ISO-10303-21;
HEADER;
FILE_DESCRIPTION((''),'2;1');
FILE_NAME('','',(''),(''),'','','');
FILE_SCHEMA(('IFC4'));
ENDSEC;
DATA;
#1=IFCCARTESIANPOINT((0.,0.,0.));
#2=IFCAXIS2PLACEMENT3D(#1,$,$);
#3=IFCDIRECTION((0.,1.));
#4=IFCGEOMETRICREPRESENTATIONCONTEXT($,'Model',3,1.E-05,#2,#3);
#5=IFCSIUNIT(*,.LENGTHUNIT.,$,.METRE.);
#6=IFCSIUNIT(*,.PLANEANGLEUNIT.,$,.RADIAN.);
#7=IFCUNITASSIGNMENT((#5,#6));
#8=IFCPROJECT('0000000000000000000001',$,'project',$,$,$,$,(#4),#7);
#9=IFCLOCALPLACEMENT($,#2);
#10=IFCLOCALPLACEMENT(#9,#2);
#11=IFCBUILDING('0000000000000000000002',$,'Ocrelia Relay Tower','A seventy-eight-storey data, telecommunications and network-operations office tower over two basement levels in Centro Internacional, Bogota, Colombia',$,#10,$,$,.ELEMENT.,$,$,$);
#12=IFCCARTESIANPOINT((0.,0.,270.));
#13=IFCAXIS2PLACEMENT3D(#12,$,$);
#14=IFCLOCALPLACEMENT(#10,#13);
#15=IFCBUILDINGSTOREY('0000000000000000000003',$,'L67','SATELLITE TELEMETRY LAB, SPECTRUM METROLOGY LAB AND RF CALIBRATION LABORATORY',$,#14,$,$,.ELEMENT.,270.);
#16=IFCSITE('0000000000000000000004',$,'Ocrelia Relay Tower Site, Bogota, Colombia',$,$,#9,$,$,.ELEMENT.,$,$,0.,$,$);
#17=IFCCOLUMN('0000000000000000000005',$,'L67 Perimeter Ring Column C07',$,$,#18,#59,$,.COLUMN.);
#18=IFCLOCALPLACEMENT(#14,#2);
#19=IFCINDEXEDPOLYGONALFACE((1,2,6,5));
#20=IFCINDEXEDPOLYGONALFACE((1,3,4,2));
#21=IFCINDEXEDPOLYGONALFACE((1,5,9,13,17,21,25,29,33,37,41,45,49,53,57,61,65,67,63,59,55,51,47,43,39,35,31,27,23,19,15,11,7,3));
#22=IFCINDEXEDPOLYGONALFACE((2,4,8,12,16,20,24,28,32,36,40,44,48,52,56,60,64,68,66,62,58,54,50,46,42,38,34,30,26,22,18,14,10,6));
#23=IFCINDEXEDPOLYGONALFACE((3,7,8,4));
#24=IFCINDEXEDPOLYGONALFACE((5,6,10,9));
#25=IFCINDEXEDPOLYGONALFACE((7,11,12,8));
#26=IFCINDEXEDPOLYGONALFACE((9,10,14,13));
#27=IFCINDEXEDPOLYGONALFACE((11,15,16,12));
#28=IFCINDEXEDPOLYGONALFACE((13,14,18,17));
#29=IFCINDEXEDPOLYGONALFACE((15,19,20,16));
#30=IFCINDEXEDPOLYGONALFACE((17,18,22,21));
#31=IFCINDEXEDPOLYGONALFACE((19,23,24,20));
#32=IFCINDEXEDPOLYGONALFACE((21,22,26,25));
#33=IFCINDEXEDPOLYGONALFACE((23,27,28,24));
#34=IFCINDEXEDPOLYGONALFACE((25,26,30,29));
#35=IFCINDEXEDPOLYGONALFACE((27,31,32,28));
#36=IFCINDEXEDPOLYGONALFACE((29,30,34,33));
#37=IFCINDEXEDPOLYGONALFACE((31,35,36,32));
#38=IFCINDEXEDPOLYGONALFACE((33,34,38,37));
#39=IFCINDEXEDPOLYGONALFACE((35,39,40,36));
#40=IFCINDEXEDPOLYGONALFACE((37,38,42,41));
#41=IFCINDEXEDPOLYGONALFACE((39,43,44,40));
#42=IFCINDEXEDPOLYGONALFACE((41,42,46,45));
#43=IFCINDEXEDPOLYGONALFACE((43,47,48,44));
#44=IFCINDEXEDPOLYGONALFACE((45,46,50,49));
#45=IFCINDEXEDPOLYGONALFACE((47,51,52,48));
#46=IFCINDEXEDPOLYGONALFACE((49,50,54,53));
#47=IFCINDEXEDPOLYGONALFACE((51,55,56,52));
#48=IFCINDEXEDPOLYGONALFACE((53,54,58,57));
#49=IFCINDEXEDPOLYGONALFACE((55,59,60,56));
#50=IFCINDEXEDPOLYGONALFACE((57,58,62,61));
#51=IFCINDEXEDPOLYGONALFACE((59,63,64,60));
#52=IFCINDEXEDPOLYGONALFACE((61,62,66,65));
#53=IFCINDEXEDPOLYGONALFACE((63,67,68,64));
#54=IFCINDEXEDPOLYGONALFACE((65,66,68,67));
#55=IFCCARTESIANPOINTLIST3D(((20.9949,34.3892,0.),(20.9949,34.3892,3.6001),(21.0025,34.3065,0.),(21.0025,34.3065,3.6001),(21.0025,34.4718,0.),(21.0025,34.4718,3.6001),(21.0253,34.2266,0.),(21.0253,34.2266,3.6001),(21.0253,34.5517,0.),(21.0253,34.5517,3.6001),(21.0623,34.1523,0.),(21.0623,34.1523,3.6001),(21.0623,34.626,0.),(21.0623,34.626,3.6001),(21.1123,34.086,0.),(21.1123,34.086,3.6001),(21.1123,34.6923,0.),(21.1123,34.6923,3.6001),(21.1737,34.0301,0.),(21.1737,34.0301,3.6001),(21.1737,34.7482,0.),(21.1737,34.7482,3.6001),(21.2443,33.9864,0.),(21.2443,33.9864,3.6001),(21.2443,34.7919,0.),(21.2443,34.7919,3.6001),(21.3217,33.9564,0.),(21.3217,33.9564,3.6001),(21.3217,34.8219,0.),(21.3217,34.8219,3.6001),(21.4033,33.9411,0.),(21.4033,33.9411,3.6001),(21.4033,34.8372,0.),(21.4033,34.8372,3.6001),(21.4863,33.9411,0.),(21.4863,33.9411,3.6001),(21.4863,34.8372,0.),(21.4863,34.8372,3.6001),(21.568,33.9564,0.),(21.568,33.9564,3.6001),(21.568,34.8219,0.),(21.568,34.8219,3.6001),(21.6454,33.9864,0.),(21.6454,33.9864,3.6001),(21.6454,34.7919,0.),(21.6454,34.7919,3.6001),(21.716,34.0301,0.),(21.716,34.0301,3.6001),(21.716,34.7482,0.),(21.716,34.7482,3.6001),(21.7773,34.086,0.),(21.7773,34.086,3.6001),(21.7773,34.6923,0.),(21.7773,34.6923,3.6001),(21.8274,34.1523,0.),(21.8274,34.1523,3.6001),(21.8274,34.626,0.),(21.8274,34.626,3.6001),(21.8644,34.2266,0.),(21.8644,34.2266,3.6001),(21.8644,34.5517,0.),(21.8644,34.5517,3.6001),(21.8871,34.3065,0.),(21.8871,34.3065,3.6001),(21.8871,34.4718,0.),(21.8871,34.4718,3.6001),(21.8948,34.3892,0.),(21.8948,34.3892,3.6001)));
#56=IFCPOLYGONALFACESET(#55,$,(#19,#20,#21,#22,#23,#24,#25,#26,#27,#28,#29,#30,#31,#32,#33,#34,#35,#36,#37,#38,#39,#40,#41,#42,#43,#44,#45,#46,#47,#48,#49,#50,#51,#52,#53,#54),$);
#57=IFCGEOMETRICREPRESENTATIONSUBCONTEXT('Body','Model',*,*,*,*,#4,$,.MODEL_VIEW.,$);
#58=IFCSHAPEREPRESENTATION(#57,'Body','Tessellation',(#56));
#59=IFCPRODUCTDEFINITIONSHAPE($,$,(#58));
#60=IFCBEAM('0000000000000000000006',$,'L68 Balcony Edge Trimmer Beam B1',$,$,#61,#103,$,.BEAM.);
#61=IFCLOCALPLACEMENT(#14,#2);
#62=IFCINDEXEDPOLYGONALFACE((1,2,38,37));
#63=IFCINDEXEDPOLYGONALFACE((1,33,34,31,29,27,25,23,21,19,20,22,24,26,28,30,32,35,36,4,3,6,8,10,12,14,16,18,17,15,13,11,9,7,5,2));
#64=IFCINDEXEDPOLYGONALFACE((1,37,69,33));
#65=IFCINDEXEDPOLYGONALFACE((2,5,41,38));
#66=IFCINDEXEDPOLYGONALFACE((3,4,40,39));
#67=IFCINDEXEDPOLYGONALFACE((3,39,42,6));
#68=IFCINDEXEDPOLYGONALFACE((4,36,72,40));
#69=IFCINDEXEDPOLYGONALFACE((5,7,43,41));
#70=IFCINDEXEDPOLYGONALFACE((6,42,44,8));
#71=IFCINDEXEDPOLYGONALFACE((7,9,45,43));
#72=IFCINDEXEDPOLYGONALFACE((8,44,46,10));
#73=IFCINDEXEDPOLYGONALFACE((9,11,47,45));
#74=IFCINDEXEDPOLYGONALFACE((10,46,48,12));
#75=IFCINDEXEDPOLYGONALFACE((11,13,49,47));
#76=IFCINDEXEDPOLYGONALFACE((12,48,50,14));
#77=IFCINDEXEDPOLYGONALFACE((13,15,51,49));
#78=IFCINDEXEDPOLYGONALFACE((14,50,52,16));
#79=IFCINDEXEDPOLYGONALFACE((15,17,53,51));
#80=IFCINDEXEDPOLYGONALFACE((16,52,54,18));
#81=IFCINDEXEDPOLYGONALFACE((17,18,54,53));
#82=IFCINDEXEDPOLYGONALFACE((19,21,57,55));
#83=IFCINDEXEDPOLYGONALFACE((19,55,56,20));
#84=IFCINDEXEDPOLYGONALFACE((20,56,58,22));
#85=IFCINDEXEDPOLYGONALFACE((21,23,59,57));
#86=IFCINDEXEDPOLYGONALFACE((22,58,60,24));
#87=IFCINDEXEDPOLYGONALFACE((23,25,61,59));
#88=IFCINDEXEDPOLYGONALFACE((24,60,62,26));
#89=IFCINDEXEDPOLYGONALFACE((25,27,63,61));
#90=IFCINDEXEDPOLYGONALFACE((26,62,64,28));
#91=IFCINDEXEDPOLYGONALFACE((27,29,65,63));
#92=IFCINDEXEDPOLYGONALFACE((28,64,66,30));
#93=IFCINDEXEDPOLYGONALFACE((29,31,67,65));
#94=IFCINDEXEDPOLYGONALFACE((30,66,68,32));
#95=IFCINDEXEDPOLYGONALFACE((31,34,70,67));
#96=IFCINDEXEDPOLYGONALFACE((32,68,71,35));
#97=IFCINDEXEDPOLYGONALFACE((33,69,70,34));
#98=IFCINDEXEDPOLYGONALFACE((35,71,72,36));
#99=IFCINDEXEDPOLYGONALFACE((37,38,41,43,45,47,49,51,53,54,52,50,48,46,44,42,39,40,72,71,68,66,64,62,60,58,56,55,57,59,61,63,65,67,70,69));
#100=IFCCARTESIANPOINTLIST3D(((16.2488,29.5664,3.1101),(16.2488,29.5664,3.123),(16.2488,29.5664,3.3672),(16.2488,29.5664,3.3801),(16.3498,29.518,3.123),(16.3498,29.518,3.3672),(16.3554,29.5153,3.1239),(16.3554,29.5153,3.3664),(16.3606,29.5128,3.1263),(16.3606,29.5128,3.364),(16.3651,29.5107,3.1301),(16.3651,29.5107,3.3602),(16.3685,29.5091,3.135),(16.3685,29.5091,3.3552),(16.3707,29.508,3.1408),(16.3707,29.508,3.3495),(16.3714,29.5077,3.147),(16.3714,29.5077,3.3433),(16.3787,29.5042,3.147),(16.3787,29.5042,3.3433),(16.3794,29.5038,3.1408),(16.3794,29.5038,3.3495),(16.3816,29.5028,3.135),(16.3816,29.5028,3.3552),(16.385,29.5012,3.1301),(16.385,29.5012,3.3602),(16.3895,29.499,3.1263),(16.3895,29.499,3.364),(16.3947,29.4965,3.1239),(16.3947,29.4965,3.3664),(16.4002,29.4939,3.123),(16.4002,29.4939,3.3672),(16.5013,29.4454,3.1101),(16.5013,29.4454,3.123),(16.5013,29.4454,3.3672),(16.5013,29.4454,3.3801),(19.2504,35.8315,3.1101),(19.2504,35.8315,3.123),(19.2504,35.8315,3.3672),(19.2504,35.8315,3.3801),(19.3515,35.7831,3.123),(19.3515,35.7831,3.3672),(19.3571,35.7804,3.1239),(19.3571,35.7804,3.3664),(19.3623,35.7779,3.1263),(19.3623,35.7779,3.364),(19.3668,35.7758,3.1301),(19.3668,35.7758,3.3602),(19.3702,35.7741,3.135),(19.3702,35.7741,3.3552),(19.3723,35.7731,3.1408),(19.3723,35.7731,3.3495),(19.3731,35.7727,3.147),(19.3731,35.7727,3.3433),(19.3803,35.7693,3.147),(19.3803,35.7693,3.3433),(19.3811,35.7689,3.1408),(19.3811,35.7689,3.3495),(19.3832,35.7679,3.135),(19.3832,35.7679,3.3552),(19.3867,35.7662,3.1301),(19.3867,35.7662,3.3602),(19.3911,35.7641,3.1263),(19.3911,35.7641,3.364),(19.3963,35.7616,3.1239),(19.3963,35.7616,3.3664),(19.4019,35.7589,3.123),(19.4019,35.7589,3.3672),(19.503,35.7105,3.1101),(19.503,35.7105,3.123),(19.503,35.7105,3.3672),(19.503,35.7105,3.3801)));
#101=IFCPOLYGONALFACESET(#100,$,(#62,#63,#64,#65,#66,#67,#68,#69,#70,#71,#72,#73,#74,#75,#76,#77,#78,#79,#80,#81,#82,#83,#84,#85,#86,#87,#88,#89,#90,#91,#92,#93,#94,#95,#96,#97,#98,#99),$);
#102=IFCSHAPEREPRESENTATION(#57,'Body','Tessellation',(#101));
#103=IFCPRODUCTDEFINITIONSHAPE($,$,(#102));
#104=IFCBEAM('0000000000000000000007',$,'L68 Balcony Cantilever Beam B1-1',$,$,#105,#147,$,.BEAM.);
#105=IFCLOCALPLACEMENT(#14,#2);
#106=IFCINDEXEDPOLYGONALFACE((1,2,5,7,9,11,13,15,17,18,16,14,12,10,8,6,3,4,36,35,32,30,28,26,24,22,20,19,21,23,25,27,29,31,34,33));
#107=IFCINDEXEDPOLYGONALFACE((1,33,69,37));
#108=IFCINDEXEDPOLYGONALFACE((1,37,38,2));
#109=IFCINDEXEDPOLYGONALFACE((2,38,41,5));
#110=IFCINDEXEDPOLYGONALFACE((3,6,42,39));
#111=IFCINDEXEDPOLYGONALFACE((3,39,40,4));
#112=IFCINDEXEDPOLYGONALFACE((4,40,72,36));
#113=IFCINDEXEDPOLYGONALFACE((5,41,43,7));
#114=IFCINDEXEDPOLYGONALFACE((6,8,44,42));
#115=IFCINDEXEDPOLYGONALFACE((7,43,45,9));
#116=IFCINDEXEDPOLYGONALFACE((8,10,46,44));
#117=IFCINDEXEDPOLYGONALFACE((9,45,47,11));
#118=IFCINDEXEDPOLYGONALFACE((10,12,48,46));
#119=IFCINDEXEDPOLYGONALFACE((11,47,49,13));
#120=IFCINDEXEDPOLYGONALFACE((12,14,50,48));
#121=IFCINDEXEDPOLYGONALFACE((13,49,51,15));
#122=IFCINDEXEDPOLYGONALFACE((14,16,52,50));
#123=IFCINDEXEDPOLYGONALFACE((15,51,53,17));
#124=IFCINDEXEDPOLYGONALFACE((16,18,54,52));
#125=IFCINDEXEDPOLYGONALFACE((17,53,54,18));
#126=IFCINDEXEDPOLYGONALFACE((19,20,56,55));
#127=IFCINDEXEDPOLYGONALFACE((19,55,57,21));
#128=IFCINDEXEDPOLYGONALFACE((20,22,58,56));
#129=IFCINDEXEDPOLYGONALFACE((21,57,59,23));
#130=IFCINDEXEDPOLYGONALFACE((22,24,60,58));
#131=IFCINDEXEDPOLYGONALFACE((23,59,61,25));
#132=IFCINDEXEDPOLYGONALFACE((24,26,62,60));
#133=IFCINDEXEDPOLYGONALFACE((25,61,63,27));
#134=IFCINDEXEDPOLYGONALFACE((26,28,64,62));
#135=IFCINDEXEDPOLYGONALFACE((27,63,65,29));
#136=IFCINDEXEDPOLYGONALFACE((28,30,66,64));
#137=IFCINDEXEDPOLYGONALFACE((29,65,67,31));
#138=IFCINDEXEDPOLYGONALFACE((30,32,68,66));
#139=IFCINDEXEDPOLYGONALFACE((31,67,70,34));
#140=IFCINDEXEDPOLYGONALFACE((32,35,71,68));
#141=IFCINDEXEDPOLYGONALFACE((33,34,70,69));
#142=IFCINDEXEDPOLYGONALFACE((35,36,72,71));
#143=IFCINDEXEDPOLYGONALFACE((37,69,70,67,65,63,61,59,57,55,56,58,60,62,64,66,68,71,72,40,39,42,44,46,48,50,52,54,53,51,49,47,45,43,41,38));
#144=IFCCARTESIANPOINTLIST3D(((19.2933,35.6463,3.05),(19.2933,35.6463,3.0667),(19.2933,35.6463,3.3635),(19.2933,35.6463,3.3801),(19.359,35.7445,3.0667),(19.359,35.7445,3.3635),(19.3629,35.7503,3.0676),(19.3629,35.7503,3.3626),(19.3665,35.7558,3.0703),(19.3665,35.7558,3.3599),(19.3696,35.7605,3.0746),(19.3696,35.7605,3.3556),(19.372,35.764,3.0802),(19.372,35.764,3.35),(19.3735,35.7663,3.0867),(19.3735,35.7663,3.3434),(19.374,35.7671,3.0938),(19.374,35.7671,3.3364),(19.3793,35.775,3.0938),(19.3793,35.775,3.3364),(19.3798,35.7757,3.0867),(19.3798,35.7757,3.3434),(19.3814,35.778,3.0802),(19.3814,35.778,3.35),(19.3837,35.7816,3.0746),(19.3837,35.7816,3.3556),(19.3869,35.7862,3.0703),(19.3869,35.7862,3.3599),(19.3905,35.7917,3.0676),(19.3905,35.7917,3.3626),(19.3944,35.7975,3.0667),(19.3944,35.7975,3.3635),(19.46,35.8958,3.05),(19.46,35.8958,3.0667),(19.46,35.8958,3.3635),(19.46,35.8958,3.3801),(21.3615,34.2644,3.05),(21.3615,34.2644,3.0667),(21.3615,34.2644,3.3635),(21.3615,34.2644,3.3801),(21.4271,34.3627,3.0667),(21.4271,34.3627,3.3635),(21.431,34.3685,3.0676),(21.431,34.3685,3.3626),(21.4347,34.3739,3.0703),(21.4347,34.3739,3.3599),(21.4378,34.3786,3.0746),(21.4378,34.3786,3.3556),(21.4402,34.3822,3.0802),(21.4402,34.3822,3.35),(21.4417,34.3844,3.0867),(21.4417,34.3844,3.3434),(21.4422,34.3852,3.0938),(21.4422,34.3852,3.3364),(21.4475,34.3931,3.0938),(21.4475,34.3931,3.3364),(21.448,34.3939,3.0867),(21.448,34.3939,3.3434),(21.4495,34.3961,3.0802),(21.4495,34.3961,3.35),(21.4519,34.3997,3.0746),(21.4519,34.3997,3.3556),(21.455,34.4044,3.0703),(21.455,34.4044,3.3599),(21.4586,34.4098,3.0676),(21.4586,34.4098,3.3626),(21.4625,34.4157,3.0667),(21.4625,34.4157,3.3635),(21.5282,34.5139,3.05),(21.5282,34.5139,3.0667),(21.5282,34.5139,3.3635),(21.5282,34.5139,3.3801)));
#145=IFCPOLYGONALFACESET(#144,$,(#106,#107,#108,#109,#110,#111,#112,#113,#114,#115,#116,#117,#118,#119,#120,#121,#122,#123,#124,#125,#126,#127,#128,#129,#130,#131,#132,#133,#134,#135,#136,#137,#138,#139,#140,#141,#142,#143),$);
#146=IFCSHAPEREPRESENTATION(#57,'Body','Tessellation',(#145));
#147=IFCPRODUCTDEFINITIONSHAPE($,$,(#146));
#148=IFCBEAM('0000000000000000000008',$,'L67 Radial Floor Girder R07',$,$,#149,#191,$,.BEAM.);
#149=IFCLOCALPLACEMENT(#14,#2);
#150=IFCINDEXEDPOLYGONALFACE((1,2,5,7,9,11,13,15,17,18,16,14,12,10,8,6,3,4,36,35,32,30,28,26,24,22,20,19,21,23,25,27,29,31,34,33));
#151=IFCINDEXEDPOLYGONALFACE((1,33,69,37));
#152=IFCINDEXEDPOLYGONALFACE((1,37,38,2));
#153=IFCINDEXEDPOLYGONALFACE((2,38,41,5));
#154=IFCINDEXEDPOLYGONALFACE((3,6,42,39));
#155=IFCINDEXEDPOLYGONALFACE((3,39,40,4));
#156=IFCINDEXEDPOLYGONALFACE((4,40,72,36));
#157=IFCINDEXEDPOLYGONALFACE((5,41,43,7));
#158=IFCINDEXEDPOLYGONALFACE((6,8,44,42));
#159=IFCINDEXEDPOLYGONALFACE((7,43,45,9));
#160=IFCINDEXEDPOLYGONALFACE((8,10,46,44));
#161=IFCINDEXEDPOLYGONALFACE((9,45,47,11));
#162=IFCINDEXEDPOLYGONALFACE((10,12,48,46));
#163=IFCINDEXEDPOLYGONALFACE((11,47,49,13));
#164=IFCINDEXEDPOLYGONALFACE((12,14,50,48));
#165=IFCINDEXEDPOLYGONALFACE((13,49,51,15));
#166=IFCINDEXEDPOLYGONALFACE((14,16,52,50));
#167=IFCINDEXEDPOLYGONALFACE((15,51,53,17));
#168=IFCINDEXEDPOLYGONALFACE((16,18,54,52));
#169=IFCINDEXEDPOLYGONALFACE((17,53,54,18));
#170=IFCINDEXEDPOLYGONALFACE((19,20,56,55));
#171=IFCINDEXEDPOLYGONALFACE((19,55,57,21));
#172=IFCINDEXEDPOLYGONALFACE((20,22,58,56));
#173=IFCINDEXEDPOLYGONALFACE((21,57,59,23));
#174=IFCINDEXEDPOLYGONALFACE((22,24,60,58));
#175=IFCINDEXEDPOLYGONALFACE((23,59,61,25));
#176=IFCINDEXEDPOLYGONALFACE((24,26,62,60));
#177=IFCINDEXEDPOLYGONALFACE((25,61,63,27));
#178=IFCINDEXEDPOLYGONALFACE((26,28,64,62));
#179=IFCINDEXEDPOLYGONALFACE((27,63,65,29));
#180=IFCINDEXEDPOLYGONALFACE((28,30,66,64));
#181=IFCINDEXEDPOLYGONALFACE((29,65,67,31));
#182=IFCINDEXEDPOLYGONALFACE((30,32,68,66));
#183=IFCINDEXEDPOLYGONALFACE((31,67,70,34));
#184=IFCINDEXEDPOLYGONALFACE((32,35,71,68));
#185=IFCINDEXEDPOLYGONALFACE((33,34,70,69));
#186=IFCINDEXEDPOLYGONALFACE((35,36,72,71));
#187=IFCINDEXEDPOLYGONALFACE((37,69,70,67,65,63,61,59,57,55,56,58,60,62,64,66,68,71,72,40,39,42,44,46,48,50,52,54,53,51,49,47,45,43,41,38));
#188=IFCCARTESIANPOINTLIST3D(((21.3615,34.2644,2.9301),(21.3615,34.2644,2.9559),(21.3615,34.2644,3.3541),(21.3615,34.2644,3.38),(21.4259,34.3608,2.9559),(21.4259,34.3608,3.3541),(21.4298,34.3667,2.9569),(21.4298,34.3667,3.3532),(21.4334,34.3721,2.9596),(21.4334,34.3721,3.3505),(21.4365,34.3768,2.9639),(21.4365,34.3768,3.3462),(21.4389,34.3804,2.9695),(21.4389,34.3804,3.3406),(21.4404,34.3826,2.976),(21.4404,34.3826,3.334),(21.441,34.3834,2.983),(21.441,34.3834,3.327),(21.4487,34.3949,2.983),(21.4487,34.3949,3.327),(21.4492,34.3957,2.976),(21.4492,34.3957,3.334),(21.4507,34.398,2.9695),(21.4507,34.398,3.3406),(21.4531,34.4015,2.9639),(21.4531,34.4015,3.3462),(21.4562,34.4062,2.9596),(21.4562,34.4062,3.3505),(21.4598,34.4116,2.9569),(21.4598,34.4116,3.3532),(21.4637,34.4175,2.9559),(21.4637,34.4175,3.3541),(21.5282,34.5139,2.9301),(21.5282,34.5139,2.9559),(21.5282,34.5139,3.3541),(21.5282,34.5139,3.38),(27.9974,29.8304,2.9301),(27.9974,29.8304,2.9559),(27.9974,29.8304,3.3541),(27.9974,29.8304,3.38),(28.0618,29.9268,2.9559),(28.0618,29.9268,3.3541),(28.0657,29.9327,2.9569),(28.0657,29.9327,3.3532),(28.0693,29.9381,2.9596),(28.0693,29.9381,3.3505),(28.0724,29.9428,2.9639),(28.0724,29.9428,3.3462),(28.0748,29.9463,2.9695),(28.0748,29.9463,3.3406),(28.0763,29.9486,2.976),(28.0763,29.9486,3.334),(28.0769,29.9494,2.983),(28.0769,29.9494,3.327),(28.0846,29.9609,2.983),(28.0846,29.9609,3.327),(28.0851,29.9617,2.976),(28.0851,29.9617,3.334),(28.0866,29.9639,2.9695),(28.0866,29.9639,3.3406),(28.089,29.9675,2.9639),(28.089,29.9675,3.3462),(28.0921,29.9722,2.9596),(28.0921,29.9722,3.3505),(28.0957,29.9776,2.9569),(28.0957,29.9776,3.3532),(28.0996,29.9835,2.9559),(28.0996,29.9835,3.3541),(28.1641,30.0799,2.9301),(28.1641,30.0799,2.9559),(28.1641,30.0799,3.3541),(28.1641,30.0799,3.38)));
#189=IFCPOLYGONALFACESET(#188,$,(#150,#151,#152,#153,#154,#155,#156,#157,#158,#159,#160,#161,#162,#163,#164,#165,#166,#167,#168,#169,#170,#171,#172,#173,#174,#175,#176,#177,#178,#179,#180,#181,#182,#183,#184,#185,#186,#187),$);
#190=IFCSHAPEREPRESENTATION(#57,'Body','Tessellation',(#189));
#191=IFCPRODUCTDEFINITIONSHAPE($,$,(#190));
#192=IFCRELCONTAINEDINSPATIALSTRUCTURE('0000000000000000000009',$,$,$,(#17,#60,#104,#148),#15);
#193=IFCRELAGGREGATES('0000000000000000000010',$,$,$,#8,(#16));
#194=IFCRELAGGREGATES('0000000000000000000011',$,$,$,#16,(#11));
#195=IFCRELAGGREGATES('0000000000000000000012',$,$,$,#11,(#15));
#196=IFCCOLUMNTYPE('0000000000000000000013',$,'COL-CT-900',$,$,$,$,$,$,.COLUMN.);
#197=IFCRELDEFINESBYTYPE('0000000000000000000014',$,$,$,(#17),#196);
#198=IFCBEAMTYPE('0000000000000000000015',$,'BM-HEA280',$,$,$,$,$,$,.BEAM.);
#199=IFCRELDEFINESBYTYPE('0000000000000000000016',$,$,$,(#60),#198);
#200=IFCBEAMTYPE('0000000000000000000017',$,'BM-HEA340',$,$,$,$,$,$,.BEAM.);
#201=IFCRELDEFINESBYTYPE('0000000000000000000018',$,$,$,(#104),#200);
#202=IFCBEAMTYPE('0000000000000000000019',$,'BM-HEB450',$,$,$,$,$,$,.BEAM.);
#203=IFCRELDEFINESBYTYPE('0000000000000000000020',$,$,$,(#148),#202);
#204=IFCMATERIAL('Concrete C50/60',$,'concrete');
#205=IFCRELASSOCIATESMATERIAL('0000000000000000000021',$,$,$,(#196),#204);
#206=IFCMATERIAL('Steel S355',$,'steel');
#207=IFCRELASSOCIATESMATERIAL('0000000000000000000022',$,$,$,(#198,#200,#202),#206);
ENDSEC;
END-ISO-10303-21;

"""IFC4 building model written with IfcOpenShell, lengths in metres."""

from ifc_helpers import new_model, si_unit, direction, frame, origin, origin_2d, place, context, subcontext, project, spatial, circle, i_section, extrude, material, material_profile, profile_set, type_object, element, save


model = new_model("IFC4")

# Units and contexts
model_context = context("Model", 3, precision=1e-05, world=origin(), true_north=direction((0.0, 1.0)))
body_context = subcontext(model_context, "Body", "Model", "MODEL_VIEW")
ifc_project = project(units=[si_unit("LENGTHUNIT", "METRE"), si_unit("PLANEANGLEUNIT", "RADIAN")], contexts=[model_context])

# Site, building, storey
site_placement = place(None, origin())
site = spatial("IfcSite", under=ifc_project, at=site_placement, Name="Ocrelia Relay Tower Site, Bogota, Colombia", CompositionType="ELEMENT", RefElevation=0.0)
building_placement = place(site_placement, origin())
building = spatial("IfcBuilding", under=site, at=building_placement, Name="Ocrelia Relay Tower", Description="A seventy-eight-storey data, telecommunications and network-operations office tower over two basement levels in Centro Internacional, Bogota, Colombia", CompositionType="ELEMENT")
storey_placement = place(building_placement, frame((0.0, 0.0, 270.0)))
storey = spatial("IfcBuildingStorey", under=building, at=storey_placement, Name="L67", Description="SATELLITE TELEMETRY LAB, SPECTRUM METROLOGY LAB AND RF CALIBRATION LABORATORY", CompositionType="ELEMENT", Elevation=270.0)

# Column
ifc_material_1 = material(Name="Concrete C50/60", Category="concrete")
ifc_material_profile_1 = material_profile(ifc_material_1, circle(Radius=0.45, at=origin_2d()), Name="RC-CIR-900")
ifc_profile_set_1 = profile_set([ifc_material_profile_1], Name="Concrete C50/60")
column_type = type_object("IfcColumnType", Name="COL-CT-900", PredefinedType="COLUMN", material=ifc_profile_set_1)
column_placement = place(storey_placement, frame((21.4448, 34.3892, 0.0), z_axis=(0.0, 0.0, 1.0), x_axis=(1.0, 0.0, 0.0)))
element("IfcColumn", 1, at=column_placement, inside=storey, type_object=column_type, Name="L67 Perimeter Ring Column C07", PredefinedType="COLUMN", context=body_context, shape_type="SweptSolid", body=[
    extrude(circle(Radius=0.45, at=origin_2d()), origin(), (0.0, 0.0, 1.0), 3.6001),
])

# Beams
ifc_material_2 = material(Name="Steel S355", Category="steel")
ifc_material_profile_2 = material_profile(ifc_material_2, i_section(OverallWidth=0.28, OverallDepth=0.27, WebThickness=0.0081, FlangeThickness=0.0129, FilletRadius=0.0239, at=origin_2d()), Name="HEA 280")
ifc_profile_set_2 = profile_set([ifc_material_profile_2], Name="Steel S355")
beam_type_1 = type_object("IfcBeamType", Name="BM-HEA280", PredefinedType="BEAM", material=ifc_profile_set_2)
beam_1_placement = place(storey_placement, frame((19.3767, 35.771, 3.2451), z_axis=(-0.432081, -0.901835, 0.0), x_axis=(0.901835, -0.432081, 0.0)))
element("IfcBeam", 2, at=beam_1_placement, inside=storey, type_object=beam_type_1, Name="L68 Balcony Edge Trimmer Beam B1", PredefinedType="BEAM", context=body_context, shape_type="SweptSolid", body=[
    extrude(i_section(OverallWidth=0.28, OverallDepth=0.27, WebThickness=0.0081, FlangeThickness=0.0129, FilletRadius=0.0239, at=origin_2d()), origin(), (0.0, 0.0, 1.0), 6.947),
])
ifc_material_profile_3 = material_profile(ifc_material_2, i_section(OverallWidth=0.3, OverallDepth=0.3301, WebThickness=0.0095, FlangeThickness=0.0166, FilletRadius=0.0271, at=origin_2d()), Name="HEA 340")
ifc_profile_set_3 = profile_set([ifc_material_profile_3], Name="Steel S355")
beam_type_2 = type_object("IfcBeamType", Name="BM-HEA340", PredefinedType="BEAM", material=ifc_profile_set_3)
beam_2_placement = place(storey_placement, frame((21.4448, 34.3892, 3.2151), z_axis=(-0.831476, 0.555561, 0.0), x_axis=(-0.555561, -0.831476, 0.0)))
element("IfcBeam", 3, at=beam_2_placement, inside=storey, type_object=beam_type_2, Name="L68 Balcony Cantilever Beam B1-1", PredefinedType="BEAM", context=body_context, shape_type="SweptSolid", body=[
    extrude(i_section(OverallWidth=0.3, OverallDepth=0.3301, WebThickness=0.0095, FlangeThickness=0.0166, FilletRadius=0.0271, at=origin_2d()), origin(), (0.0, 0.0, 1.0), 2.4873),
])
ifc_material_profile_4 = material_profile(ifc_material_2, i_section(OverallWidth=0.3, OverallDepth=0.45, WebThickness=0.0139, FlangeThickness=0.0259, FilletRadius=0.0271, at=origin_2d()), Name="HEB 450")
ifc_profile_set_4 = profile_set([ifc_material_profile_4], Name="Steel S355")
beam_type_3 = type_object("IfcBeamType", Name="BM-HEB450", PredefinedType="BEAM", material=ifc_profile_set_4)
beam_3_placement = place(storey_placement, frame((21.4448, 34.3892, 3.155), z_axis=(0.831466, -0.555575, 0.0), x_axis=(0.555575, 0.831466, 0.0)))
element("IfcBeam", 4, at=beam_3_placement, inside=storey, type_object=beam_type_3, Name="L67 Radial Floor Girder R07", PredefinedType="BEAM", context=body_context, shape_type="SweptSolid", body=[
    extrude(i_section(OverallWidth=0.3, OverallDepth=0.45, WebThickness=0.0139, FlangeThickness=0.0259, FilletRadius=0.0271, at=origin_2d()), origin(), (0.0, 0.0, 1.0), 7.981),
])

save(model, "model.ifc")
